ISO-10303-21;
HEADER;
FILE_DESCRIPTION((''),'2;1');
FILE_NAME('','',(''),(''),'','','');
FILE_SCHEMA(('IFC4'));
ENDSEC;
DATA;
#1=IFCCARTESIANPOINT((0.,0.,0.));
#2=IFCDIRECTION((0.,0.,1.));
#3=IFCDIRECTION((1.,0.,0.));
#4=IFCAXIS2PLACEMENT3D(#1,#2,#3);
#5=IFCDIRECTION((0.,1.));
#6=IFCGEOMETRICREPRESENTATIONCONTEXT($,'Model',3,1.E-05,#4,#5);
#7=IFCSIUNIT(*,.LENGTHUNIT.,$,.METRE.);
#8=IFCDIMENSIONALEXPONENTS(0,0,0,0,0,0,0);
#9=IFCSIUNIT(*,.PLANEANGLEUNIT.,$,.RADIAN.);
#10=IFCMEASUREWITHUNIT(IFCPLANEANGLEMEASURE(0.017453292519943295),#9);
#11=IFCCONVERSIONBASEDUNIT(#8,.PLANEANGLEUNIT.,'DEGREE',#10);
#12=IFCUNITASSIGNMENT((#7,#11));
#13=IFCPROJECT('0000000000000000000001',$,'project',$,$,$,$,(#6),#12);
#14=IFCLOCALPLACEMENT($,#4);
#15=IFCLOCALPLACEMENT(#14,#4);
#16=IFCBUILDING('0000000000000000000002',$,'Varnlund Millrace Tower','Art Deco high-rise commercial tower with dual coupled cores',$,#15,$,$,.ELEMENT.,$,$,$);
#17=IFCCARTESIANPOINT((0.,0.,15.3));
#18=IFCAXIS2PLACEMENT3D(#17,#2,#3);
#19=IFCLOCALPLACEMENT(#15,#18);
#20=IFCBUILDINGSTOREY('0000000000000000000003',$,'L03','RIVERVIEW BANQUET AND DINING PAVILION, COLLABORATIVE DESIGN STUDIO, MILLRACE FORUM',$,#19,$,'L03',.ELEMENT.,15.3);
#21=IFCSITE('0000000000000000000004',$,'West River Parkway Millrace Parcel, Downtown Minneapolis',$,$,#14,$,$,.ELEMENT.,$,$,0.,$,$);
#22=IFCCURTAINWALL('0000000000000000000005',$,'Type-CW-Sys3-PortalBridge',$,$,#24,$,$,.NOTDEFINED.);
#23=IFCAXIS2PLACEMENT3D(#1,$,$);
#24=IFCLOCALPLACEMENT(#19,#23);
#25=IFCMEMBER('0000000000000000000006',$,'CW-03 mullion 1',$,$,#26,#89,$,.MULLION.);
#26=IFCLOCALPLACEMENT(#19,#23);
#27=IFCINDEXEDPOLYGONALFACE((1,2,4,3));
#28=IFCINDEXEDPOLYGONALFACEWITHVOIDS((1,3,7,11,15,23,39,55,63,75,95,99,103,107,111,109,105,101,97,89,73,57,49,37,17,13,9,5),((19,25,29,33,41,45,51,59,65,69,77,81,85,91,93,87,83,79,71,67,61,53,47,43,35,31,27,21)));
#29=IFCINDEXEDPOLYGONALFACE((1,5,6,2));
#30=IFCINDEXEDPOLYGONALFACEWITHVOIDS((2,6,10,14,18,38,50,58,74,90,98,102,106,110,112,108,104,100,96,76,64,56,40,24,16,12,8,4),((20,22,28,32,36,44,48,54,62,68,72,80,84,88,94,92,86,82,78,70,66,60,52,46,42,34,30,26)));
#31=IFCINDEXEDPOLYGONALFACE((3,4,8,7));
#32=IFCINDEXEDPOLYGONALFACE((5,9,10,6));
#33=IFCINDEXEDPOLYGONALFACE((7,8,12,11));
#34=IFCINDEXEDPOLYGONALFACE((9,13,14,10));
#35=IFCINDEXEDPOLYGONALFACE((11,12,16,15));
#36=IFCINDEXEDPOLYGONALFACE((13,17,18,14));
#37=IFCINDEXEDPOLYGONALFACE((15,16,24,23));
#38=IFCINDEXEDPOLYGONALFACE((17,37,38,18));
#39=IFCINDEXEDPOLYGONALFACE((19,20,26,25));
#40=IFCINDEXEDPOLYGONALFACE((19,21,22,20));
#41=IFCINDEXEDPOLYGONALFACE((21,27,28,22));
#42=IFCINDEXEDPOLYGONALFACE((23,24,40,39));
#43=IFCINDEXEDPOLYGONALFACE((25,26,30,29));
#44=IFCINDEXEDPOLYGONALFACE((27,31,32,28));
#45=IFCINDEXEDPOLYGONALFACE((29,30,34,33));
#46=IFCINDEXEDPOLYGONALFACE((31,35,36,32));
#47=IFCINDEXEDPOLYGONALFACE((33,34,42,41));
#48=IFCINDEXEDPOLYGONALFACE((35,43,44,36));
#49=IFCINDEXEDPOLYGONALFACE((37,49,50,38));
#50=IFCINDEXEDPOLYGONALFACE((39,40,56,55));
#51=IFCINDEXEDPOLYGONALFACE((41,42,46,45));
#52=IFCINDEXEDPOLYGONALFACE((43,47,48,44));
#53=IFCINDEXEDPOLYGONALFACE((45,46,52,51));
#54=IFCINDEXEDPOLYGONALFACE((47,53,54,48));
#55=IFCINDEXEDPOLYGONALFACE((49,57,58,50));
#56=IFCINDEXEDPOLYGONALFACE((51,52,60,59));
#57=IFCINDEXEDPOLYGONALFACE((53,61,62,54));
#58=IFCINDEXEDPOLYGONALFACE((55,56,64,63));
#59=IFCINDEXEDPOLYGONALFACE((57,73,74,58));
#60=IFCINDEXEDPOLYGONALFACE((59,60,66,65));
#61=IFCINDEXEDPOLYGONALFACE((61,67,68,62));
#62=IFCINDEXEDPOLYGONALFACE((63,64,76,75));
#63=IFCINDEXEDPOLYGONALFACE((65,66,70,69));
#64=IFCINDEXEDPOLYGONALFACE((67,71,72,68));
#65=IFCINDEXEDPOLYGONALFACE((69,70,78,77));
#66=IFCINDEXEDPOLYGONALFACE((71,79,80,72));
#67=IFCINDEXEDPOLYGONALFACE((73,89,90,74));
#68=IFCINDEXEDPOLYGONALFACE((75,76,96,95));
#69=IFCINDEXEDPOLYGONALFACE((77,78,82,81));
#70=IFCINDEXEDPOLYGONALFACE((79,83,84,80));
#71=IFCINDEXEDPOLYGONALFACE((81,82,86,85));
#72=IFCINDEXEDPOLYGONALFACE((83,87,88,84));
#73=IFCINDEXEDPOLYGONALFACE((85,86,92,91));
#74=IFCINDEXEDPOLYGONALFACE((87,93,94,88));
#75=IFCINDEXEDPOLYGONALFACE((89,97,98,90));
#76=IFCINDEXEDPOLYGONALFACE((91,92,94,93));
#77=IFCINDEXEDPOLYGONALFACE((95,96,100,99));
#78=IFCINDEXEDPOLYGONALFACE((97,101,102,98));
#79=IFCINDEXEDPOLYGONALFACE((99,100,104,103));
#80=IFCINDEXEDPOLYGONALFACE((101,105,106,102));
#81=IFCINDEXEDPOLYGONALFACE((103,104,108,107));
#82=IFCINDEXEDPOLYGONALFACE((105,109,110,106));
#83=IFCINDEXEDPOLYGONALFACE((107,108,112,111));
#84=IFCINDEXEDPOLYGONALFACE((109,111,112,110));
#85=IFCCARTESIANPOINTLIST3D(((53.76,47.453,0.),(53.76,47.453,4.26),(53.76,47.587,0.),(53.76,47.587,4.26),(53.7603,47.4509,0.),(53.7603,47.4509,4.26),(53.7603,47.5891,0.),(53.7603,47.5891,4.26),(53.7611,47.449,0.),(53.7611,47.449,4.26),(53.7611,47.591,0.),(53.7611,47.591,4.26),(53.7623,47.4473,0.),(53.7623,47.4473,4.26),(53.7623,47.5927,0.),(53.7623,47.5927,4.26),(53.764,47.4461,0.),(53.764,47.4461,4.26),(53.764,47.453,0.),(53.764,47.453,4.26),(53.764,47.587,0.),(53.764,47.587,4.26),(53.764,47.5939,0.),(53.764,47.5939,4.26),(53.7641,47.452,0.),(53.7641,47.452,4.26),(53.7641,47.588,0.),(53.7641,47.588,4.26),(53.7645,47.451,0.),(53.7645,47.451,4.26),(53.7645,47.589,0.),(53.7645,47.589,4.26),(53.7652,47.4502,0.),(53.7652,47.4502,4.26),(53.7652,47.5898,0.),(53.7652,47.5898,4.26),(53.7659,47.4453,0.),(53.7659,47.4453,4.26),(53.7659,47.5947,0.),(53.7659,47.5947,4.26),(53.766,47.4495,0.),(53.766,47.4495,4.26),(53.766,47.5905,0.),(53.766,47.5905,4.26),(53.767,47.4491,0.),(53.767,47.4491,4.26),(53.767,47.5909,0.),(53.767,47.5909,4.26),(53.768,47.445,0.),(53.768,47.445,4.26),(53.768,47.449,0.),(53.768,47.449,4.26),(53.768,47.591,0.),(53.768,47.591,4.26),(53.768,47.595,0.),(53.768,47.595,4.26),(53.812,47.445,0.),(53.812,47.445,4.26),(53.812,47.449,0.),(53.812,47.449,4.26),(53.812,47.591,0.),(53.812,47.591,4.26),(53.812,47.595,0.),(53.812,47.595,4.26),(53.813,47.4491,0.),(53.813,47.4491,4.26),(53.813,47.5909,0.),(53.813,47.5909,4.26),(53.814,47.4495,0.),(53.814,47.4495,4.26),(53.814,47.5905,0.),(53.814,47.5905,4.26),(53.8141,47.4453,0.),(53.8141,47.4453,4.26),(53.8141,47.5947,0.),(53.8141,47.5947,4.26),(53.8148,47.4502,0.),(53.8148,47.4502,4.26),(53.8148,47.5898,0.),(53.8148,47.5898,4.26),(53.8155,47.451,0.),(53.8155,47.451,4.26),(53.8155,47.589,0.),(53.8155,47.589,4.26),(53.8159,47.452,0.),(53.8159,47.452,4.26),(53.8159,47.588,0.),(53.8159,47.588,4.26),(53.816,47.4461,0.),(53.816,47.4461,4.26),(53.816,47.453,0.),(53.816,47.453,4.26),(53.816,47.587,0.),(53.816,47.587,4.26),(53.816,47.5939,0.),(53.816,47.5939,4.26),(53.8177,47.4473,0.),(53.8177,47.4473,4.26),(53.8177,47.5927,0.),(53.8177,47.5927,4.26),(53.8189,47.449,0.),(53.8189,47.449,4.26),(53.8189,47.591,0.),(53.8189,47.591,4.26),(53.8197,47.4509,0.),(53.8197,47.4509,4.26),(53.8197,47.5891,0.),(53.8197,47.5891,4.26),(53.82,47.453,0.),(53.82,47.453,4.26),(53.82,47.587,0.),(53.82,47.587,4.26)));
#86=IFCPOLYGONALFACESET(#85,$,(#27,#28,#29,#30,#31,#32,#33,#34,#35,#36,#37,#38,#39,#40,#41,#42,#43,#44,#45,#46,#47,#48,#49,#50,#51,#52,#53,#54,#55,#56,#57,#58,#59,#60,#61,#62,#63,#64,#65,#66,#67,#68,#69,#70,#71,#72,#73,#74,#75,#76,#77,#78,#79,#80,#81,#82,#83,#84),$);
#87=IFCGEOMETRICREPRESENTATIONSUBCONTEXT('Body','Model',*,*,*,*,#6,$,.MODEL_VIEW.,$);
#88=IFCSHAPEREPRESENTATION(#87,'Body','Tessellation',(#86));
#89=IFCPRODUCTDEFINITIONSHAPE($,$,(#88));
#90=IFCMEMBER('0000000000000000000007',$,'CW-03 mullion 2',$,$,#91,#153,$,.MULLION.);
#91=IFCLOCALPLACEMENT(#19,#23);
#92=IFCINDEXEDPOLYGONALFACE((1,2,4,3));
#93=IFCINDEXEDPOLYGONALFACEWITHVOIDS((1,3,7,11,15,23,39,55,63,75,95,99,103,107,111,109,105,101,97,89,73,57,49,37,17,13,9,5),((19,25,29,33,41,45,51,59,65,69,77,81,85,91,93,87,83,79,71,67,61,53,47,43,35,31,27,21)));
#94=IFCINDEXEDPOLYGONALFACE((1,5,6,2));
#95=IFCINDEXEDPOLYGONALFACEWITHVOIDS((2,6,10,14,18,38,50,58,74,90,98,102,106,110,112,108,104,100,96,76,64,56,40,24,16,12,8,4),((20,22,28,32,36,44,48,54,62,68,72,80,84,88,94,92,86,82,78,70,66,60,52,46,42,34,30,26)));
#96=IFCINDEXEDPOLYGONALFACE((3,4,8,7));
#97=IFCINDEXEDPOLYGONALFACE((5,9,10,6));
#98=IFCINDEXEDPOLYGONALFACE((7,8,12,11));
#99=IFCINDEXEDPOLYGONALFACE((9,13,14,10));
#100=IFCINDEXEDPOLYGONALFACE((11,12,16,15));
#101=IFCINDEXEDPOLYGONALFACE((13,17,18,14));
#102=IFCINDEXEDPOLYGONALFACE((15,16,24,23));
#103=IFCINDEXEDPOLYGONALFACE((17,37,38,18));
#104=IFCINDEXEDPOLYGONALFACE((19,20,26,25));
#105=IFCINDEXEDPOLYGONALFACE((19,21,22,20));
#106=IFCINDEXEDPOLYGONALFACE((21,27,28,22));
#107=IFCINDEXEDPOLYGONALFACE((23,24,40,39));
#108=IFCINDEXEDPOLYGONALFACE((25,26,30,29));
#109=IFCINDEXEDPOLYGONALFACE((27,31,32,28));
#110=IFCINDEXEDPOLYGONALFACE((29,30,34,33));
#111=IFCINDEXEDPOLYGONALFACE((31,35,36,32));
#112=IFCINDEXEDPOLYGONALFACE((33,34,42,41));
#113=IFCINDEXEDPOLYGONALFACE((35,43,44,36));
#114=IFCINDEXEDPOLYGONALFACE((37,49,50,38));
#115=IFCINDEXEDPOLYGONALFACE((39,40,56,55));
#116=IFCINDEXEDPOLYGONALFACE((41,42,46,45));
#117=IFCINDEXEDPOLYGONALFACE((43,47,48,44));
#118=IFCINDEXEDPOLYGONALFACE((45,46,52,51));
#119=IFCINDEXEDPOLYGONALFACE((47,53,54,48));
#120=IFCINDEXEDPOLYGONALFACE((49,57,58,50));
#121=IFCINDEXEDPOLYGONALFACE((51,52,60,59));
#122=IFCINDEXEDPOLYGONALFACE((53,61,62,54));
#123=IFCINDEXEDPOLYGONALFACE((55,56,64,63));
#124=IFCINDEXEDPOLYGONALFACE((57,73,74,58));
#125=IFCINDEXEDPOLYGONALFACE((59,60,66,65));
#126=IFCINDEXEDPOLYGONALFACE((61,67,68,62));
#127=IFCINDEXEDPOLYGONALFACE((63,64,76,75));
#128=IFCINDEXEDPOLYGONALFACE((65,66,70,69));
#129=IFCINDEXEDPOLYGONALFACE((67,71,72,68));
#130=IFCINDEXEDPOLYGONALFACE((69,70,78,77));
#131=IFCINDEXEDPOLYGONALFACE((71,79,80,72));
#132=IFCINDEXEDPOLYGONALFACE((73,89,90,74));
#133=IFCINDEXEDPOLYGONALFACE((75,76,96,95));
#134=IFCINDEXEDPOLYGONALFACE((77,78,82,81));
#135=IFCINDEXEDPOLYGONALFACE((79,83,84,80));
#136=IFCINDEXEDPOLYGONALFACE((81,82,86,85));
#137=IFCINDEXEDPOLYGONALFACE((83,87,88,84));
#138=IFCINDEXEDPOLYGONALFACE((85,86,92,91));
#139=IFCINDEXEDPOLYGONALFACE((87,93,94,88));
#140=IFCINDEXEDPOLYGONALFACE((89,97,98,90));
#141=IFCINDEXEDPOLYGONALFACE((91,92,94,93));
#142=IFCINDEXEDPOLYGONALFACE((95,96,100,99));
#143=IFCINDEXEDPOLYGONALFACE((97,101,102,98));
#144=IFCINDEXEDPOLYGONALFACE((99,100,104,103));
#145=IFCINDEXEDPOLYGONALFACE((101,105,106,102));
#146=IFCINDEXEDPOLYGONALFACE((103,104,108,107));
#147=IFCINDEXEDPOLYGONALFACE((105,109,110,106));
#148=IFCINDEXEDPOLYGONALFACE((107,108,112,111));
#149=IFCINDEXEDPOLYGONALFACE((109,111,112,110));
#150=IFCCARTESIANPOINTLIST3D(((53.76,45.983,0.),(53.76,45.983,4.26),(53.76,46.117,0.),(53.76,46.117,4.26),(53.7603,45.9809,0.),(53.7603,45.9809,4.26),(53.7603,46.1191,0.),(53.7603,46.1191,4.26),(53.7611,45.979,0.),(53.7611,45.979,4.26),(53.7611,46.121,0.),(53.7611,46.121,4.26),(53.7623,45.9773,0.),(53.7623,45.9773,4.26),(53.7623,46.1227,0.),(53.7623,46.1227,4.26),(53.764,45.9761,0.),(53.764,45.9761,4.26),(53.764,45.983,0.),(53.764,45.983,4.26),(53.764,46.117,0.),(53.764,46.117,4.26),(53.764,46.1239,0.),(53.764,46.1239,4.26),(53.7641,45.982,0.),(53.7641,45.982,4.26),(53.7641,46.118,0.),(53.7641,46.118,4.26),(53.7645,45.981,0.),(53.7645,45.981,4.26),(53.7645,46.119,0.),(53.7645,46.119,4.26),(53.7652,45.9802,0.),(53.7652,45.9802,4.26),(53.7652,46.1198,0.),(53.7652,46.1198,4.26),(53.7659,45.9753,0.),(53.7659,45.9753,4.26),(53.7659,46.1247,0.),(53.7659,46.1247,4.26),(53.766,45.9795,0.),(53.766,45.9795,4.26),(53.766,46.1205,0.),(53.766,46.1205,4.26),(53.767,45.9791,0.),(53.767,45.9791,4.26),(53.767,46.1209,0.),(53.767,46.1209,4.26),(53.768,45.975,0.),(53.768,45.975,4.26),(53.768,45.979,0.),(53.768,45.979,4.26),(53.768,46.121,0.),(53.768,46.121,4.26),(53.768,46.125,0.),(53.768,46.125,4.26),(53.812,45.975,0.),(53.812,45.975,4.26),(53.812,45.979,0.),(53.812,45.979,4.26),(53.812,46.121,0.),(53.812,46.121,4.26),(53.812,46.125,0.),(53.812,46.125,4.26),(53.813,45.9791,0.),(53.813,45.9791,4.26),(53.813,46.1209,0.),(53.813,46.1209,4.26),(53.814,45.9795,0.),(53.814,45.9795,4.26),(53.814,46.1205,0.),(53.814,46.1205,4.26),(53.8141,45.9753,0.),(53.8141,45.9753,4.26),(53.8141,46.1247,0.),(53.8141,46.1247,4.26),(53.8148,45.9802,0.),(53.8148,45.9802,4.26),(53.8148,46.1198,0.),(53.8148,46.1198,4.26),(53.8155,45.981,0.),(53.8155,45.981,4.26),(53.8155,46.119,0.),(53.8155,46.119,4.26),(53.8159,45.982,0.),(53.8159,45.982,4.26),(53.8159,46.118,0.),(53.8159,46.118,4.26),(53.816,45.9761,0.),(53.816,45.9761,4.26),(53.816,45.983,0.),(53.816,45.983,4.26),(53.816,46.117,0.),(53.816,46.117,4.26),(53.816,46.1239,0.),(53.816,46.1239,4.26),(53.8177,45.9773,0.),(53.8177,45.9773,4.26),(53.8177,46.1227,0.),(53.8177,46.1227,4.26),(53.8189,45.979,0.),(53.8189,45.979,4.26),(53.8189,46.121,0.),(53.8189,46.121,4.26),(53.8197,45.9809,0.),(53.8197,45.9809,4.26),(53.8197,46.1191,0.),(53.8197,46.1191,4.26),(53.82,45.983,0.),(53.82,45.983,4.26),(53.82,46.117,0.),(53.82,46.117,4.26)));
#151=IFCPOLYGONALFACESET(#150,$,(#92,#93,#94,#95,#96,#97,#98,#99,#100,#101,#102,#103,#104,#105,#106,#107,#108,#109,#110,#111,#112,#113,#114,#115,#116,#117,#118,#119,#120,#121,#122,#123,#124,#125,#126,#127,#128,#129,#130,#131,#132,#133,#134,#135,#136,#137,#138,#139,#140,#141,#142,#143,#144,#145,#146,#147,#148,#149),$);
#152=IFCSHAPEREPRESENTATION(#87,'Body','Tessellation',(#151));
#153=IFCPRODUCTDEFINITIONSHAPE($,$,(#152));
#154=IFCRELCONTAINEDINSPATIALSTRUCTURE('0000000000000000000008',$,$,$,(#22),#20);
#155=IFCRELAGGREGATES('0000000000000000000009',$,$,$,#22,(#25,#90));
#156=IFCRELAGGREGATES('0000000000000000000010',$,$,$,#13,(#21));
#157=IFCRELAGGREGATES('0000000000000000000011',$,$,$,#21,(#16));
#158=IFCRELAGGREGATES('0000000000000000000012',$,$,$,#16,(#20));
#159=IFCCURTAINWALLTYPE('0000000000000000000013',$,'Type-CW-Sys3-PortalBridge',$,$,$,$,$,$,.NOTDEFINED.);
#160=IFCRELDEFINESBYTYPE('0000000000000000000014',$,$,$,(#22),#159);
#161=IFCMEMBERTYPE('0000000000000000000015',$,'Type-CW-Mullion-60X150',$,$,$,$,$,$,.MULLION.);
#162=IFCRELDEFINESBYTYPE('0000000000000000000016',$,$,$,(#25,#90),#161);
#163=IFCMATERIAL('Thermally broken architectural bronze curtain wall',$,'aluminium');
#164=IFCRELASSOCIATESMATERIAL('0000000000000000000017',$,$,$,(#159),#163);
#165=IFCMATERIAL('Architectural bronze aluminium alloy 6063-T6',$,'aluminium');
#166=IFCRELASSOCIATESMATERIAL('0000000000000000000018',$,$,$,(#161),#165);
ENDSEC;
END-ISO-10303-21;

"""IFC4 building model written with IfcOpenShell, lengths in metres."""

from ifc_helpers import new_model, entity, si_unit, converted_unit, direction, frame, origin_with_axes, origin_2d_with_axis, place, context, subcontext, project, spatial, hollow_rectangle, extrude, material, material_profile, profile_set, type_object, element, aggregate, save


model = new_model("IFC4")

# Units and contexts
model_context = context("Model", 3, precision=1e-05, world=origin_with_axes(), true_north=direction((0.0, 1.0)))
body_context = subcontext(model_context, "Body", "Model", "MODEL_VIEW")
ifc_project = project(units=[si_unit("LENGTHUNIT", "METRE"), converted_unit("PLANEANGLEUNIT", "DEGREE", entity("IfcPlaneAngleMeasure", 0.017453292519943295), si_unit("PLANEANGLEUNIT", "RADIAN"), dimensions=[0, 0, 0, 0, 0, 0, 0])], contexts=[model_context])

# Site, building, storey
site_placement = place(None, origin_with_axes())
site = spatial("IfcSite", under=ifc_project, at=site_placement, Name="West River Parkway Millrace Parcel, Downtown Minneapolis", CompositionType="ELEMENT", RefElevation=0.0)
building_placement = place(site_placement, origin_with_axes())
building = spatial("IfcBuilding", under=site, at=building_placement, Name="Varnlund Millrace Tower", Description="Art Deco high-rise commercial tower with dual coupled cores", CompositionType="ELEMENT")
storey_placement = place(building_placement, frame((0.0, 0.0, 15.3), z_axis=(0.0, 0.0, 1.0), x_axis=(1.0, 0.0, 0.0)))
storey = spatial("IfcBuildingStorey", under=building, at=storey_placement, Name="L03", Description="RIVERVIEW BANQUET AND DINING PAVILION, COLLABORATIVE DESIGN STUDIO, MILLRACE FORUM", LongName="L03", CompositionType="ELEMENT", Elevation=15.3)

# Curtain wall, members
ifc_material_1 = material(Name="Thermally broken architectural bronze curtain wall", Category="aluminium")
curtain_wall_type = type_object("IfcCurtainWallType", Name="Type-CW-Sys3-PortalBridge", PredefinedType="NOTDEFINED", material=ifc_material_1)
ifc_material_2 = material(Name="Architectural bronze aluminium alloy 6063-T6", Category="aluminium")
ifc_material_profile_1 = material_profile(ifc_material_2, hollow_rectangle(XDim=0.06, YDim=0.15, WallThickness=0.004, InnerFilletRadius=0.004, OuterFilletRadius=0.008, at=origin_2d_with_axis()), Name="Architectural bronze aluminium alloy 6063-T6")
ifc_profile_set_1 = profile_set([ifc_material_profile_1], Name="Architectural bronze aluminium alloy 6063-T6")
member_type_1 = type_object("IfcMemberType", Name="Type-CW-Mullion-60X150", PredefinedType="MULLION", material=ifc_profile_set_1)
curtain_wall_1_placement = place(storey_placement, frame((53.79, 47.55, 0.0), z_axis=(0.0, 0.0, 1.0), x_axis=(1.0, 0.0, 0.0)))
curtain_wall_1 = element("IfcCurtainWall", 1, at=curtain_wall_1_placement, inside=storey, type_object=curtain_wall_type, Name="Type-CW-Sys3-PortalBridge", PredefinedType="NOTDEFINED")
member_1_placement = place(storey_placement, frame((53.79, 47.52, 0.0), z_axis=(0.0, 0.0, 1.0), x_axis=(1.0, 0.0, 0.0)))
member_1 = element("IfcMember", 2, at=member_1_placement, type_object=member_type_1, Name="CW-03 mullion 1", PredefinedType="MULLION", context=body_context, shape_type="SweptSolid", body=[
    extrude(hollow_rectangle(XDim=0.06, YDim=0.15, WallThickness=0.004, InnerFilletRadius=0.004, OuterFilletRadius=0.008, at=origin_2d_with_axis()), origin_with_axes(), (0.0, 0.0, 1.0), 4.26),
])
member_2_placement = place(storey_placement, frame((53.79, 46.05, 0.0), z_axis=(0.0, 0.0, 1.0), x_axis=(1.0, 0.0, 0.0)))
member_2 = element("IfcMember", 3, at=member_2_placement, type_object=member_type_1, Name="CW-03 mullion 2", PredefinedType="MULLION", context=body_context, shape_type="SweptSolid", body=[
    extrude(hollow_rectangle(XDim=0.06, YDim=0.15, WallThickness=0.004, InnerFilletRadius=0.004, OuterFilletRadius=0.008, at=origin_2d_with_axis()), origin_with_axes(), (0.0, 0.0, 1.0), 4.26),
])

aggregate(curtain_wall_1, [member_1, member_2])

save(model, "model.ifc")
